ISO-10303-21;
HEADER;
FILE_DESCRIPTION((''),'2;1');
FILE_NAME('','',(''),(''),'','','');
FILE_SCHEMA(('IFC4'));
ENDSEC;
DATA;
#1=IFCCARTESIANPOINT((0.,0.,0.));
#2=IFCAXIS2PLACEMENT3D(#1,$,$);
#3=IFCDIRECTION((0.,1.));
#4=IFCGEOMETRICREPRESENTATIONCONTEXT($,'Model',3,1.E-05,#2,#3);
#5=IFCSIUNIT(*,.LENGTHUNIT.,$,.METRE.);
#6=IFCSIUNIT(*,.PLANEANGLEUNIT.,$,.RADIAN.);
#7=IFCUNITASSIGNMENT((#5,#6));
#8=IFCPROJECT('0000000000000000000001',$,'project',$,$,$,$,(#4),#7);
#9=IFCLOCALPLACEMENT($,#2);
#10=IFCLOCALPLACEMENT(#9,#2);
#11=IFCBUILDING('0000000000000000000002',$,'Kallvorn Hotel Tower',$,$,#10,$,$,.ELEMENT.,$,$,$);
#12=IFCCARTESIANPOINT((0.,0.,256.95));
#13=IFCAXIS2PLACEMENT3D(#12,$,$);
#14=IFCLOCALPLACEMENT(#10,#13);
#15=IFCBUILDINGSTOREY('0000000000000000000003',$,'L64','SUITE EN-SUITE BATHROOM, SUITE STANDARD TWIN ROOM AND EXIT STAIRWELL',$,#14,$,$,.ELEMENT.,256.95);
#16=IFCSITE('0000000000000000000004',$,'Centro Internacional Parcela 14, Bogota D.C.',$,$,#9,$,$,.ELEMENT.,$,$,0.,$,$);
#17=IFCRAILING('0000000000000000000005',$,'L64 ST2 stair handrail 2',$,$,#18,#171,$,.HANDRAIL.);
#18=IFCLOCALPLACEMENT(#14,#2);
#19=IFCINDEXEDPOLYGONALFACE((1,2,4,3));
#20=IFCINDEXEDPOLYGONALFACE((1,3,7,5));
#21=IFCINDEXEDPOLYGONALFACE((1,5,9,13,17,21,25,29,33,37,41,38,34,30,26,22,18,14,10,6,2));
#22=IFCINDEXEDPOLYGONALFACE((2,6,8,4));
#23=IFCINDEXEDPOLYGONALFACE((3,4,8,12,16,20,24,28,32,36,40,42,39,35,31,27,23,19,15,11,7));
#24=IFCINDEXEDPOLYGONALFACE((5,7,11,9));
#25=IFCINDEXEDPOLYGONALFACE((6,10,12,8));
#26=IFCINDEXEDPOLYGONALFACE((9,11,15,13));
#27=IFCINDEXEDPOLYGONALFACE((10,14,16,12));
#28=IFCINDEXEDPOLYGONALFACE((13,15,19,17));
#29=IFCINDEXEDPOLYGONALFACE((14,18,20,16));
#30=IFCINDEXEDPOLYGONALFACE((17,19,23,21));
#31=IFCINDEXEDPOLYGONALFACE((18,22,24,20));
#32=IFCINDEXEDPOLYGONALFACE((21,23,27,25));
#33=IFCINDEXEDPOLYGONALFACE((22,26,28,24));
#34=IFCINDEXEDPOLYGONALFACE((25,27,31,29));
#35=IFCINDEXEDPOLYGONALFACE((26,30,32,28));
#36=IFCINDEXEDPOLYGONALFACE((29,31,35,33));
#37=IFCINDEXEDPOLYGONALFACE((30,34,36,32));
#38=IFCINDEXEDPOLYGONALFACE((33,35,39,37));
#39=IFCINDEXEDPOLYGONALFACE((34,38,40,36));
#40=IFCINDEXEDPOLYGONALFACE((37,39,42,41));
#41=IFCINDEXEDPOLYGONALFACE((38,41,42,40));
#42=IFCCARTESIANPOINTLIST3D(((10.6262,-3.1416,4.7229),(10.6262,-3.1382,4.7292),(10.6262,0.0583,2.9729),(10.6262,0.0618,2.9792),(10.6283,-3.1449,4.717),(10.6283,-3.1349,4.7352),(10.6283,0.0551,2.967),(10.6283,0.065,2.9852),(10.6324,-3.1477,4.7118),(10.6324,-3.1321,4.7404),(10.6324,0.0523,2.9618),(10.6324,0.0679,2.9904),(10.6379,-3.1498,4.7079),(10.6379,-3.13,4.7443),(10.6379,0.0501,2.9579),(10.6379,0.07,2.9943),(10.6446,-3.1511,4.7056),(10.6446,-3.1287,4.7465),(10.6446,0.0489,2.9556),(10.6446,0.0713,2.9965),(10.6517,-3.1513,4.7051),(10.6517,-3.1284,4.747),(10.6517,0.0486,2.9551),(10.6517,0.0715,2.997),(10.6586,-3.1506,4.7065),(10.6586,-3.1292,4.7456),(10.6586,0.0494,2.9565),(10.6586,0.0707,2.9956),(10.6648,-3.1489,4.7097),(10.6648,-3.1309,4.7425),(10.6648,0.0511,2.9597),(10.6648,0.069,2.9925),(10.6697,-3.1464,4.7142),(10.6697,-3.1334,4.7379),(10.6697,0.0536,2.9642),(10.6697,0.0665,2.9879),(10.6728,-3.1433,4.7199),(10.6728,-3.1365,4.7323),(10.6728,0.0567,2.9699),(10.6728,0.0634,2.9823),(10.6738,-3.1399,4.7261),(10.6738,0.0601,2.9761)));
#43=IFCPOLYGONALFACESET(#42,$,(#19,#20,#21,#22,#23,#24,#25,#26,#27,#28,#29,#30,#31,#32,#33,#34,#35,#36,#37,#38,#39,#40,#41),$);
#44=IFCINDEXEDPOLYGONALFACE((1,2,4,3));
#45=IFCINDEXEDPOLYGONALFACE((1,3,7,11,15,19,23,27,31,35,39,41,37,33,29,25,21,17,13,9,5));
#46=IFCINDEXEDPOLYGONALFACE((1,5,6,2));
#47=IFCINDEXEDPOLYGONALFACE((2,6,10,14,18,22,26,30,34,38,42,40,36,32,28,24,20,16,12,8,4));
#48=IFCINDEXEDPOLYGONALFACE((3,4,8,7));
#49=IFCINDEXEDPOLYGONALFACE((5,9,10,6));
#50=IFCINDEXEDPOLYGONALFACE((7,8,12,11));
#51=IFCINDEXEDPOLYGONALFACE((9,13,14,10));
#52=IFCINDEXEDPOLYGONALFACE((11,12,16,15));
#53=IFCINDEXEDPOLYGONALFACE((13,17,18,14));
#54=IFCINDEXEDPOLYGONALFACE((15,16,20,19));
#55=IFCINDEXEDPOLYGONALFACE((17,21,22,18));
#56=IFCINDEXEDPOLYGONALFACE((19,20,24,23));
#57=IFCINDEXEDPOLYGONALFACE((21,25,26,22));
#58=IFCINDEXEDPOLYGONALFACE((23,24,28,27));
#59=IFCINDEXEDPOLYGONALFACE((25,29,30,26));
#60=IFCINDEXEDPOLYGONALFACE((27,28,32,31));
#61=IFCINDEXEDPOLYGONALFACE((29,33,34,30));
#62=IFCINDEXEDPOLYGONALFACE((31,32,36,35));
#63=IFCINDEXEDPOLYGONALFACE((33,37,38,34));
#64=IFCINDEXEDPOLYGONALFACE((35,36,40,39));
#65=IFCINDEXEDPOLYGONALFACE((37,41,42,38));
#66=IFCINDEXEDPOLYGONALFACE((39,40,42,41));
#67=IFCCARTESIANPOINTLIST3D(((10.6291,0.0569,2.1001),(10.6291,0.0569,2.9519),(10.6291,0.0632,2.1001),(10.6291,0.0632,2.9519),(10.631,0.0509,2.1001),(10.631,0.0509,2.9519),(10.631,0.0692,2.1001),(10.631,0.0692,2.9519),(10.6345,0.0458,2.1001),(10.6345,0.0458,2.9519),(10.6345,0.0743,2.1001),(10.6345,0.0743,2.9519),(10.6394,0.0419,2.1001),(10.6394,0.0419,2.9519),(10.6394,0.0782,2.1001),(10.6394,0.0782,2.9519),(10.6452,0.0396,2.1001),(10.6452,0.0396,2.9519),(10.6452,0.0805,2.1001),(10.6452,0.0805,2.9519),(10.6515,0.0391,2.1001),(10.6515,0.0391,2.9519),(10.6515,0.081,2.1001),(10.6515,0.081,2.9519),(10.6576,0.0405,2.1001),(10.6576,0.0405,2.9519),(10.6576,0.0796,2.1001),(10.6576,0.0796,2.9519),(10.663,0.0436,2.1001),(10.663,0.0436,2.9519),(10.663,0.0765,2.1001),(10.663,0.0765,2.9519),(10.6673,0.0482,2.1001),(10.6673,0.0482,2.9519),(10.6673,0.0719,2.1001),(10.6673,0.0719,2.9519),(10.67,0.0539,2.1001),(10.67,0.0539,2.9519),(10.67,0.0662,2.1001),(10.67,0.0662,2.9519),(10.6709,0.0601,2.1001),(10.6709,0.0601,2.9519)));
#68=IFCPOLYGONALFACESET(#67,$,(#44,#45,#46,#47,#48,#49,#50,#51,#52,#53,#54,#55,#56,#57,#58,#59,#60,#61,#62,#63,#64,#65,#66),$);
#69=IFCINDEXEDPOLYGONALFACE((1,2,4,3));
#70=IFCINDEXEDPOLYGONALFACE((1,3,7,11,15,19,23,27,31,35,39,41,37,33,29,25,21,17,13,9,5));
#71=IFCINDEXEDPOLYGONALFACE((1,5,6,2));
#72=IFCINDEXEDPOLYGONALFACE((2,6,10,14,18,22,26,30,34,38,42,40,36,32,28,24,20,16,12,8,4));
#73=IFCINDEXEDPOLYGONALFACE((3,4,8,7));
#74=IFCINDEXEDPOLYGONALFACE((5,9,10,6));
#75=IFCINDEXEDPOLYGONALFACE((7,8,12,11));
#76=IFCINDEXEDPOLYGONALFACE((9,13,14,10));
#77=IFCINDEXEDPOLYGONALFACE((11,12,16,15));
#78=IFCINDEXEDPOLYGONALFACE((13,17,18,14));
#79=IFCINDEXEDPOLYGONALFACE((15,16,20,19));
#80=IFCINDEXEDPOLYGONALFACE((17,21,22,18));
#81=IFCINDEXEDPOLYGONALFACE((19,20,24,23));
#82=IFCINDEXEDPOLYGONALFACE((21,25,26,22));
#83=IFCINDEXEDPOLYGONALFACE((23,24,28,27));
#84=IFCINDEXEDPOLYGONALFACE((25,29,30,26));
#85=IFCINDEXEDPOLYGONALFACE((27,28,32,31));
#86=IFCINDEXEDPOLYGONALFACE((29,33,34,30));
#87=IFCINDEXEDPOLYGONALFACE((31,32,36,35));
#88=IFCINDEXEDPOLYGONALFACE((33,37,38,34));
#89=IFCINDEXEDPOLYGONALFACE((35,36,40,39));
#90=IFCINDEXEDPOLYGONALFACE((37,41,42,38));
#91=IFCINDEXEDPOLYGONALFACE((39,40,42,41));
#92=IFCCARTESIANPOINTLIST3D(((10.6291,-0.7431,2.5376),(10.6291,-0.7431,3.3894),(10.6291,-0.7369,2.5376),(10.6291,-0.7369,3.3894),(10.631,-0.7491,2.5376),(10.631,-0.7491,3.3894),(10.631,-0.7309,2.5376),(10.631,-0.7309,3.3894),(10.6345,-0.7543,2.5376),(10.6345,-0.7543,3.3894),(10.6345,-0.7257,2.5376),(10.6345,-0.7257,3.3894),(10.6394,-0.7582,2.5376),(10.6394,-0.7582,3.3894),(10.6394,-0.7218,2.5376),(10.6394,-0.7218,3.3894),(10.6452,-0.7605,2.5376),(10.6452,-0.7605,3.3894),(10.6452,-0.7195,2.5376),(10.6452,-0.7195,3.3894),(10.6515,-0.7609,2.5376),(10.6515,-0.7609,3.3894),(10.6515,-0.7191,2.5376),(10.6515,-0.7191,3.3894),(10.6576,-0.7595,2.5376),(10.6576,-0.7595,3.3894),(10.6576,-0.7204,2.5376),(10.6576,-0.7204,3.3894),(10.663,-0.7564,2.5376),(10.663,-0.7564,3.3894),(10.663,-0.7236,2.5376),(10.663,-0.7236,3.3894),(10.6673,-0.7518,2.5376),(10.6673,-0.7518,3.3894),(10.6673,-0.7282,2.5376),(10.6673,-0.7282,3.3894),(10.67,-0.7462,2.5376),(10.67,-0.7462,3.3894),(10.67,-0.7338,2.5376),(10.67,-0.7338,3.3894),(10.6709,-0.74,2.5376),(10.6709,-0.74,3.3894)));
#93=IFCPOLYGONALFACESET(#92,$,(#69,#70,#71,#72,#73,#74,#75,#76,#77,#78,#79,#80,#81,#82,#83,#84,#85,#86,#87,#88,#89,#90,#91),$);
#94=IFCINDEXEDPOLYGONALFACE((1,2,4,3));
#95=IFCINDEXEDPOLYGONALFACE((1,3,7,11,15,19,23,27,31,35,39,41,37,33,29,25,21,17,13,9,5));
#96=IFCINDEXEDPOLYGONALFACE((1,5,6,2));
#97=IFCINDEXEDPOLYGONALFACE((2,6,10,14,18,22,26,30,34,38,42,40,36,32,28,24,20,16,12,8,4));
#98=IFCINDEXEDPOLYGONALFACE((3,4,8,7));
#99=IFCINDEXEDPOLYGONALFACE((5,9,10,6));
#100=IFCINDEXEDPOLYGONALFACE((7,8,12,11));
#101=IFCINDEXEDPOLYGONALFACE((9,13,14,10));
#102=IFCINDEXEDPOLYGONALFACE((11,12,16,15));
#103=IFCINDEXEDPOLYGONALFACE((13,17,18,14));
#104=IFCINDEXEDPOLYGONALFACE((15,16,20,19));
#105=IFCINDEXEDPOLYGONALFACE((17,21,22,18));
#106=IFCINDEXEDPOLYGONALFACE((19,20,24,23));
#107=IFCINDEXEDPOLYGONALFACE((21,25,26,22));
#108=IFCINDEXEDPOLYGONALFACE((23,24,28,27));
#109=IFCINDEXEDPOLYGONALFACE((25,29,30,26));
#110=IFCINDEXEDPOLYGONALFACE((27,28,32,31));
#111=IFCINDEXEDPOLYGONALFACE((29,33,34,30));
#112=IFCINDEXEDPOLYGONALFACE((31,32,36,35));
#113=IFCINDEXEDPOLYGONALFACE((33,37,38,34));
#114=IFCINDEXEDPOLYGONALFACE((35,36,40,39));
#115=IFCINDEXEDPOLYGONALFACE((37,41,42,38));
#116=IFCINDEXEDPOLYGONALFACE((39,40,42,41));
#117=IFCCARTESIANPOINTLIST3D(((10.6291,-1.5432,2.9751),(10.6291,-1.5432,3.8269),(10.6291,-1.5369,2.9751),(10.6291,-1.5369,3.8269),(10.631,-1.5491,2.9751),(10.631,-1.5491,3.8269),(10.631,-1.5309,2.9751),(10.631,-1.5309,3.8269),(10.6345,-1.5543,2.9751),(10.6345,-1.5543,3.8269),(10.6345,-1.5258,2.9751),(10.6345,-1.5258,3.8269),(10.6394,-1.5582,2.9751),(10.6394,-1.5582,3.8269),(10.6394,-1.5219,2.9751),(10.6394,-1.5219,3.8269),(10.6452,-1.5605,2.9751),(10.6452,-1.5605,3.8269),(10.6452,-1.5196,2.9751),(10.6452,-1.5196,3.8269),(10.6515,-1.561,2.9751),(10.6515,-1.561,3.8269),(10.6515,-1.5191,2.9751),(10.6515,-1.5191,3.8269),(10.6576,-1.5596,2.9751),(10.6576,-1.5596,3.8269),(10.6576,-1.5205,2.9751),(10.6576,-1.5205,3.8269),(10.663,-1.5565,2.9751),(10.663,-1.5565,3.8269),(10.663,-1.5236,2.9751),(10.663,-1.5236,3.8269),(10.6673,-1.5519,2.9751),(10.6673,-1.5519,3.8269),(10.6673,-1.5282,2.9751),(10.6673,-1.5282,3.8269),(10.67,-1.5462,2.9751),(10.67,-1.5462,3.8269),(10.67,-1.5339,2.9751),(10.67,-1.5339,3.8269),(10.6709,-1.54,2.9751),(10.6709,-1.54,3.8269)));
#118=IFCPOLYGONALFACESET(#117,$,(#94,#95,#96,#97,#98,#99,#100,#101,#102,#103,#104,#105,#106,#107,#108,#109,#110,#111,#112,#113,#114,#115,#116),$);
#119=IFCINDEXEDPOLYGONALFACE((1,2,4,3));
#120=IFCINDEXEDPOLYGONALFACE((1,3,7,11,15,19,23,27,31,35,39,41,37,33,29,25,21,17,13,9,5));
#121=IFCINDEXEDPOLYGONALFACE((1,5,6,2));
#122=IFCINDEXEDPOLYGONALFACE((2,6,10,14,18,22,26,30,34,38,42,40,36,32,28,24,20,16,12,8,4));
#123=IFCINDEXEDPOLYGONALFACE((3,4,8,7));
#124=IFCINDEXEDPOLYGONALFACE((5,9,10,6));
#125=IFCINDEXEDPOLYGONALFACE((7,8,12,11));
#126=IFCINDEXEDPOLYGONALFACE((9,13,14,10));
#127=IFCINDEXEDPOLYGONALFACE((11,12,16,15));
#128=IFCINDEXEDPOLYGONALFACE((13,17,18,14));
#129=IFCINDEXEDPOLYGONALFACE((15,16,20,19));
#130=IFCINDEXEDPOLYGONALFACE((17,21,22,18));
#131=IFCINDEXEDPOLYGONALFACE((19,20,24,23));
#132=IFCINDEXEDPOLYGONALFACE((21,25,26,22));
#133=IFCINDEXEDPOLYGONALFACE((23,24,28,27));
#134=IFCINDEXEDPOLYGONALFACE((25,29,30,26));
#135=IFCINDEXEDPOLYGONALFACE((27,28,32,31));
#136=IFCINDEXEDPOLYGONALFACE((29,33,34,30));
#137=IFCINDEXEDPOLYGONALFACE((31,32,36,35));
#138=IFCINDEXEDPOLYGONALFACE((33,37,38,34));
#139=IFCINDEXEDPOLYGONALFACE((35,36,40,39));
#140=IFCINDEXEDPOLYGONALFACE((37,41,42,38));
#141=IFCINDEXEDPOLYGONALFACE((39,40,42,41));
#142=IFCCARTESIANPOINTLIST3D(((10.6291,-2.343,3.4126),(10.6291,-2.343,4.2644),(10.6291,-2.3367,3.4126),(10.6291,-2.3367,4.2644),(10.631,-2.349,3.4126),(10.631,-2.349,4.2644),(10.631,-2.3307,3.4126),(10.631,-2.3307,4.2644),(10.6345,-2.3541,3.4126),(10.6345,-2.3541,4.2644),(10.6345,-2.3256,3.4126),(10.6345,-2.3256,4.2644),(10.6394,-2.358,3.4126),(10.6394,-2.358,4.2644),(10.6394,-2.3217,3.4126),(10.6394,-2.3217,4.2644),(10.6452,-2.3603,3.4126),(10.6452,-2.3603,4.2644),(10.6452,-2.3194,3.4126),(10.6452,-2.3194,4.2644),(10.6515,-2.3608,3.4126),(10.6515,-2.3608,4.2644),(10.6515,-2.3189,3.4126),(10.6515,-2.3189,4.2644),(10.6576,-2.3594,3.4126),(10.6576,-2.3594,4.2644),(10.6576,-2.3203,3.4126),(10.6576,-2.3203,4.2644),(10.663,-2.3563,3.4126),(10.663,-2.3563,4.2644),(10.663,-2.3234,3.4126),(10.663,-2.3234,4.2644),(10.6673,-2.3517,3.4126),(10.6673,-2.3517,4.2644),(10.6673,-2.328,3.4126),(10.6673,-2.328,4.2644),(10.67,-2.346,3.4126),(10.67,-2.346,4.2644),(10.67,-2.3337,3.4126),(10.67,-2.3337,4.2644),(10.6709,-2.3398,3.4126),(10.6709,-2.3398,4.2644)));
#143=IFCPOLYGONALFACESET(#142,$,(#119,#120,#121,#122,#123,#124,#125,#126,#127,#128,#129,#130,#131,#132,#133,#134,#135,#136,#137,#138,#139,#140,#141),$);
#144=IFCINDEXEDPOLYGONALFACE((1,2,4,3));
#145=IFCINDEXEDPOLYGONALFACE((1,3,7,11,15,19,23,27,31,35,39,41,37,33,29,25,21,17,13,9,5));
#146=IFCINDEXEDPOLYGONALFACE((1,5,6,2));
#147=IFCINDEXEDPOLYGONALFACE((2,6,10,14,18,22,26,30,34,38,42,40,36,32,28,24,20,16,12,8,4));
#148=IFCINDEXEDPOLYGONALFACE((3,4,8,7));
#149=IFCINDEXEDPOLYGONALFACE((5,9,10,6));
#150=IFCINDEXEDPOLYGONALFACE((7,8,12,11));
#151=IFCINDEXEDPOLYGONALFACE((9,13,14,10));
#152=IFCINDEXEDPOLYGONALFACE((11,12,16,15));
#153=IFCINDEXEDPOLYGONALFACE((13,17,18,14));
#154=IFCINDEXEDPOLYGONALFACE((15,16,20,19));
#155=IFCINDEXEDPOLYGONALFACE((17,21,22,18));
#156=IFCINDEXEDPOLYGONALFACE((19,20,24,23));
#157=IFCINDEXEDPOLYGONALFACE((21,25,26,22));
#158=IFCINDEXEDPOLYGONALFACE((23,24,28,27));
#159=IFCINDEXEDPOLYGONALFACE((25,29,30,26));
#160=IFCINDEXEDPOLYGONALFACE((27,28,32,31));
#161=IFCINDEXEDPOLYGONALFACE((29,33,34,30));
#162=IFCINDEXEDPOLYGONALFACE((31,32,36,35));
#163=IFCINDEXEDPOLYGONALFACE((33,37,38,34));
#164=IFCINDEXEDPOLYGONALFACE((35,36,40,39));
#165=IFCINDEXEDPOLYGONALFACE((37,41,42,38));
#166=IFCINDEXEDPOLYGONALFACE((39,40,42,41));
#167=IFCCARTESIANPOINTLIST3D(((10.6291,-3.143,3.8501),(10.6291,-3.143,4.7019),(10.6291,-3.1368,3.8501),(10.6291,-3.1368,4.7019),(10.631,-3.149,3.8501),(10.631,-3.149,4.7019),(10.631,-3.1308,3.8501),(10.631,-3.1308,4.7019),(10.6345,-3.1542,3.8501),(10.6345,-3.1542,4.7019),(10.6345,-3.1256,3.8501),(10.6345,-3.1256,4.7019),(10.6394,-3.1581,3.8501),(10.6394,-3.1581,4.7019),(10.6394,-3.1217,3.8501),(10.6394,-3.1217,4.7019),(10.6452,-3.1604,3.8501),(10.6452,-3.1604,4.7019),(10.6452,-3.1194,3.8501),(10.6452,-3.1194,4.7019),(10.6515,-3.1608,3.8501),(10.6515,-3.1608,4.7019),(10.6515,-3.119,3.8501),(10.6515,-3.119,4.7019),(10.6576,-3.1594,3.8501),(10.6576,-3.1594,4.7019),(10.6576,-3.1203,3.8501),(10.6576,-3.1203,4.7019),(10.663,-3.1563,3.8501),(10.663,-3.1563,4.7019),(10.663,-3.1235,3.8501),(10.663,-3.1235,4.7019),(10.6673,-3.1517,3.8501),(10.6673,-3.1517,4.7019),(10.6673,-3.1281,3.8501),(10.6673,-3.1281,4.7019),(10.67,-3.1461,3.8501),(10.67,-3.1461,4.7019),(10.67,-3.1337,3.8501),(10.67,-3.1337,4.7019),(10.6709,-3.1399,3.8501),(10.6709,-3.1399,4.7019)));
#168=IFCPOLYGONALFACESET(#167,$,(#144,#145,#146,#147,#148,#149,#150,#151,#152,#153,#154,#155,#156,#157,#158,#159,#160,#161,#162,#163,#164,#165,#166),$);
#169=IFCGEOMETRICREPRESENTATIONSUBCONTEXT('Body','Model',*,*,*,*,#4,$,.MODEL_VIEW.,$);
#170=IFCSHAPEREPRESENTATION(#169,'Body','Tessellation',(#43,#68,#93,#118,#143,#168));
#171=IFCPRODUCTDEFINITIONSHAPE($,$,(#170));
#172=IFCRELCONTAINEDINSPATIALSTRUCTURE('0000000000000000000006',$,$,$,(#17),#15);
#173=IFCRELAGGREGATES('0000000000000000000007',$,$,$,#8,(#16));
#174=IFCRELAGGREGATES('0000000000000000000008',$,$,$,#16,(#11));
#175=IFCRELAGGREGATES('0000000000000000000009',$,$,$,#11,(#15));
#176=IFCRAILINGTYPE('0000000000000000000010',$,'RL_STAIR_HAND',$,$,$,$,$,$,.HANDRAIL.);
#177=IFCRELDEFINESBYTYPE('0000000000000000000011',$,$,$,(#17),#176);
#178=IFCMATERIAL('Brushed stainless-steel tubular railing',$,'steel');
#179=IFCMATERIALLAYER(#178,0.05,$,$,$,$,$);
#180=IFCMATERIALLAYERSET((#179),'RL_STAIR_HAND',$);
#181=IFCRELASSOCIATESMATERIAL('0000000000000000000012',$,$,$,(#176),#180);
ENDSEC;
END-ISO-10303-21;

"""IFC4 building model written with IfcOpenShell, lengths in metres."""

from ifc_helpers import new_model, si_unit, direction, frame, origin, origin_2d, place, context, subcontext, project, spatial, circle, extrude, material, layer, layer_set, type_object, element, save


model = new_model("IFC4")

# Units and contexts
model_context = context("Model", 3, precision=1e-05, world=origin(), true_north=direction((0.0, 1.0)))
body_context = subcontext(model_context, "Body", "Model", "MODEL_VIEW")
ifc_project = project(units=[si_unit("LENGTHUNIT", "METRE"), si_unit("PLANEANGLEUNIT", "RADIAN")], contexts=[model_context])

# Site, building, storey
site_placement = place(None, origin())
site = spatial("IfcSite", under=ifc_project, at=site_placement, Name="Centro Internacional Parcela 14, Bogota D.C.", CompositionType="ELEMENT", RefElevation=0.0)
building_placement = place(site_placement, origin())
building = spatial("IfcBuilding", under=site, at=building_placement, Name="Kallvorn Hotel Tower", CompositionType="ELEMENT")
storey_placement = place(building_placement, frame((0.0, 0.0, 256.95)))
storey = spatial("IfcBuildingStorey", under=building, at=storey_placement, Name="L64", Description="SUITE EN-SUITE BATHROOM, SUITE STANDARD TWIN ROOM AND EXIT STAIRWELL", CompositionType="ELEMENT", Elevation=256.95)

# Railing
ifc_material_1 = material(Name="Brushed stainless-steel tubular railing", Category="steel")
ifc_layer_1 = layer(ifc_material_1, 0.05)
ifc_layer_set_1 = layer_set([ifc_layer_1], Name="RL_STAIR_HAND")
railing_type_1 = type_object("IfcRailingType", Name="RL_STAIR_HAND", PredefinedType="HANDRAIL", material=ifc_layer_set_1)
railing_1_placement = place(storey_placement, frame((10.6499, 0.0601, 2.1001)))
element("IfcRailing", 1, at=railing_1_placement, inside=storey, type_object=railing_type_1, Name="L64 ST2 stair handrail 2", PredefinedType="HANDRAIL", context=body_context, shape_type="SweptSolid", body=[
    extrude(circle(Radius=0.0239, at=origin_2d()), frame((0.0, 0.0, 0.876), z_axis=(0.0, -0.877368, 0.479818), x_axis=(1.0, 0.0, 0.0)), (0.0, 0.0, 1.0), 3.6472),
    extrude(circle(Radius=0.021, at=origin_2d()), origin(), (0.0, 0.0, 1.0), 0.8518),
    extrude(circle(Radius=0.021, at=origin_2d()), frame((0.0, -0.8, 0.4375)), (0.0, 0.0, 1.0), 0.8518),
    extrude(circle(Radius=0.021, at=origin_2d()), frame((0.0, -1.6001, 0.875)), (0.0, 0.0, 1.0), 0.8518),
    extrude(circle(Radius=0.021, at=origin_2d()), frame((0.0, -2.3999, 1.3125)), (0.0, 0.0, 1.0), 0.8518),
    extrude(circle(Radius=0.021, at=origin_2d()), frame((0.0, -3.2, 1.75)), (0.0, 0.0, 1.0), 0.8518),
])

save(model, "model.ifc")
